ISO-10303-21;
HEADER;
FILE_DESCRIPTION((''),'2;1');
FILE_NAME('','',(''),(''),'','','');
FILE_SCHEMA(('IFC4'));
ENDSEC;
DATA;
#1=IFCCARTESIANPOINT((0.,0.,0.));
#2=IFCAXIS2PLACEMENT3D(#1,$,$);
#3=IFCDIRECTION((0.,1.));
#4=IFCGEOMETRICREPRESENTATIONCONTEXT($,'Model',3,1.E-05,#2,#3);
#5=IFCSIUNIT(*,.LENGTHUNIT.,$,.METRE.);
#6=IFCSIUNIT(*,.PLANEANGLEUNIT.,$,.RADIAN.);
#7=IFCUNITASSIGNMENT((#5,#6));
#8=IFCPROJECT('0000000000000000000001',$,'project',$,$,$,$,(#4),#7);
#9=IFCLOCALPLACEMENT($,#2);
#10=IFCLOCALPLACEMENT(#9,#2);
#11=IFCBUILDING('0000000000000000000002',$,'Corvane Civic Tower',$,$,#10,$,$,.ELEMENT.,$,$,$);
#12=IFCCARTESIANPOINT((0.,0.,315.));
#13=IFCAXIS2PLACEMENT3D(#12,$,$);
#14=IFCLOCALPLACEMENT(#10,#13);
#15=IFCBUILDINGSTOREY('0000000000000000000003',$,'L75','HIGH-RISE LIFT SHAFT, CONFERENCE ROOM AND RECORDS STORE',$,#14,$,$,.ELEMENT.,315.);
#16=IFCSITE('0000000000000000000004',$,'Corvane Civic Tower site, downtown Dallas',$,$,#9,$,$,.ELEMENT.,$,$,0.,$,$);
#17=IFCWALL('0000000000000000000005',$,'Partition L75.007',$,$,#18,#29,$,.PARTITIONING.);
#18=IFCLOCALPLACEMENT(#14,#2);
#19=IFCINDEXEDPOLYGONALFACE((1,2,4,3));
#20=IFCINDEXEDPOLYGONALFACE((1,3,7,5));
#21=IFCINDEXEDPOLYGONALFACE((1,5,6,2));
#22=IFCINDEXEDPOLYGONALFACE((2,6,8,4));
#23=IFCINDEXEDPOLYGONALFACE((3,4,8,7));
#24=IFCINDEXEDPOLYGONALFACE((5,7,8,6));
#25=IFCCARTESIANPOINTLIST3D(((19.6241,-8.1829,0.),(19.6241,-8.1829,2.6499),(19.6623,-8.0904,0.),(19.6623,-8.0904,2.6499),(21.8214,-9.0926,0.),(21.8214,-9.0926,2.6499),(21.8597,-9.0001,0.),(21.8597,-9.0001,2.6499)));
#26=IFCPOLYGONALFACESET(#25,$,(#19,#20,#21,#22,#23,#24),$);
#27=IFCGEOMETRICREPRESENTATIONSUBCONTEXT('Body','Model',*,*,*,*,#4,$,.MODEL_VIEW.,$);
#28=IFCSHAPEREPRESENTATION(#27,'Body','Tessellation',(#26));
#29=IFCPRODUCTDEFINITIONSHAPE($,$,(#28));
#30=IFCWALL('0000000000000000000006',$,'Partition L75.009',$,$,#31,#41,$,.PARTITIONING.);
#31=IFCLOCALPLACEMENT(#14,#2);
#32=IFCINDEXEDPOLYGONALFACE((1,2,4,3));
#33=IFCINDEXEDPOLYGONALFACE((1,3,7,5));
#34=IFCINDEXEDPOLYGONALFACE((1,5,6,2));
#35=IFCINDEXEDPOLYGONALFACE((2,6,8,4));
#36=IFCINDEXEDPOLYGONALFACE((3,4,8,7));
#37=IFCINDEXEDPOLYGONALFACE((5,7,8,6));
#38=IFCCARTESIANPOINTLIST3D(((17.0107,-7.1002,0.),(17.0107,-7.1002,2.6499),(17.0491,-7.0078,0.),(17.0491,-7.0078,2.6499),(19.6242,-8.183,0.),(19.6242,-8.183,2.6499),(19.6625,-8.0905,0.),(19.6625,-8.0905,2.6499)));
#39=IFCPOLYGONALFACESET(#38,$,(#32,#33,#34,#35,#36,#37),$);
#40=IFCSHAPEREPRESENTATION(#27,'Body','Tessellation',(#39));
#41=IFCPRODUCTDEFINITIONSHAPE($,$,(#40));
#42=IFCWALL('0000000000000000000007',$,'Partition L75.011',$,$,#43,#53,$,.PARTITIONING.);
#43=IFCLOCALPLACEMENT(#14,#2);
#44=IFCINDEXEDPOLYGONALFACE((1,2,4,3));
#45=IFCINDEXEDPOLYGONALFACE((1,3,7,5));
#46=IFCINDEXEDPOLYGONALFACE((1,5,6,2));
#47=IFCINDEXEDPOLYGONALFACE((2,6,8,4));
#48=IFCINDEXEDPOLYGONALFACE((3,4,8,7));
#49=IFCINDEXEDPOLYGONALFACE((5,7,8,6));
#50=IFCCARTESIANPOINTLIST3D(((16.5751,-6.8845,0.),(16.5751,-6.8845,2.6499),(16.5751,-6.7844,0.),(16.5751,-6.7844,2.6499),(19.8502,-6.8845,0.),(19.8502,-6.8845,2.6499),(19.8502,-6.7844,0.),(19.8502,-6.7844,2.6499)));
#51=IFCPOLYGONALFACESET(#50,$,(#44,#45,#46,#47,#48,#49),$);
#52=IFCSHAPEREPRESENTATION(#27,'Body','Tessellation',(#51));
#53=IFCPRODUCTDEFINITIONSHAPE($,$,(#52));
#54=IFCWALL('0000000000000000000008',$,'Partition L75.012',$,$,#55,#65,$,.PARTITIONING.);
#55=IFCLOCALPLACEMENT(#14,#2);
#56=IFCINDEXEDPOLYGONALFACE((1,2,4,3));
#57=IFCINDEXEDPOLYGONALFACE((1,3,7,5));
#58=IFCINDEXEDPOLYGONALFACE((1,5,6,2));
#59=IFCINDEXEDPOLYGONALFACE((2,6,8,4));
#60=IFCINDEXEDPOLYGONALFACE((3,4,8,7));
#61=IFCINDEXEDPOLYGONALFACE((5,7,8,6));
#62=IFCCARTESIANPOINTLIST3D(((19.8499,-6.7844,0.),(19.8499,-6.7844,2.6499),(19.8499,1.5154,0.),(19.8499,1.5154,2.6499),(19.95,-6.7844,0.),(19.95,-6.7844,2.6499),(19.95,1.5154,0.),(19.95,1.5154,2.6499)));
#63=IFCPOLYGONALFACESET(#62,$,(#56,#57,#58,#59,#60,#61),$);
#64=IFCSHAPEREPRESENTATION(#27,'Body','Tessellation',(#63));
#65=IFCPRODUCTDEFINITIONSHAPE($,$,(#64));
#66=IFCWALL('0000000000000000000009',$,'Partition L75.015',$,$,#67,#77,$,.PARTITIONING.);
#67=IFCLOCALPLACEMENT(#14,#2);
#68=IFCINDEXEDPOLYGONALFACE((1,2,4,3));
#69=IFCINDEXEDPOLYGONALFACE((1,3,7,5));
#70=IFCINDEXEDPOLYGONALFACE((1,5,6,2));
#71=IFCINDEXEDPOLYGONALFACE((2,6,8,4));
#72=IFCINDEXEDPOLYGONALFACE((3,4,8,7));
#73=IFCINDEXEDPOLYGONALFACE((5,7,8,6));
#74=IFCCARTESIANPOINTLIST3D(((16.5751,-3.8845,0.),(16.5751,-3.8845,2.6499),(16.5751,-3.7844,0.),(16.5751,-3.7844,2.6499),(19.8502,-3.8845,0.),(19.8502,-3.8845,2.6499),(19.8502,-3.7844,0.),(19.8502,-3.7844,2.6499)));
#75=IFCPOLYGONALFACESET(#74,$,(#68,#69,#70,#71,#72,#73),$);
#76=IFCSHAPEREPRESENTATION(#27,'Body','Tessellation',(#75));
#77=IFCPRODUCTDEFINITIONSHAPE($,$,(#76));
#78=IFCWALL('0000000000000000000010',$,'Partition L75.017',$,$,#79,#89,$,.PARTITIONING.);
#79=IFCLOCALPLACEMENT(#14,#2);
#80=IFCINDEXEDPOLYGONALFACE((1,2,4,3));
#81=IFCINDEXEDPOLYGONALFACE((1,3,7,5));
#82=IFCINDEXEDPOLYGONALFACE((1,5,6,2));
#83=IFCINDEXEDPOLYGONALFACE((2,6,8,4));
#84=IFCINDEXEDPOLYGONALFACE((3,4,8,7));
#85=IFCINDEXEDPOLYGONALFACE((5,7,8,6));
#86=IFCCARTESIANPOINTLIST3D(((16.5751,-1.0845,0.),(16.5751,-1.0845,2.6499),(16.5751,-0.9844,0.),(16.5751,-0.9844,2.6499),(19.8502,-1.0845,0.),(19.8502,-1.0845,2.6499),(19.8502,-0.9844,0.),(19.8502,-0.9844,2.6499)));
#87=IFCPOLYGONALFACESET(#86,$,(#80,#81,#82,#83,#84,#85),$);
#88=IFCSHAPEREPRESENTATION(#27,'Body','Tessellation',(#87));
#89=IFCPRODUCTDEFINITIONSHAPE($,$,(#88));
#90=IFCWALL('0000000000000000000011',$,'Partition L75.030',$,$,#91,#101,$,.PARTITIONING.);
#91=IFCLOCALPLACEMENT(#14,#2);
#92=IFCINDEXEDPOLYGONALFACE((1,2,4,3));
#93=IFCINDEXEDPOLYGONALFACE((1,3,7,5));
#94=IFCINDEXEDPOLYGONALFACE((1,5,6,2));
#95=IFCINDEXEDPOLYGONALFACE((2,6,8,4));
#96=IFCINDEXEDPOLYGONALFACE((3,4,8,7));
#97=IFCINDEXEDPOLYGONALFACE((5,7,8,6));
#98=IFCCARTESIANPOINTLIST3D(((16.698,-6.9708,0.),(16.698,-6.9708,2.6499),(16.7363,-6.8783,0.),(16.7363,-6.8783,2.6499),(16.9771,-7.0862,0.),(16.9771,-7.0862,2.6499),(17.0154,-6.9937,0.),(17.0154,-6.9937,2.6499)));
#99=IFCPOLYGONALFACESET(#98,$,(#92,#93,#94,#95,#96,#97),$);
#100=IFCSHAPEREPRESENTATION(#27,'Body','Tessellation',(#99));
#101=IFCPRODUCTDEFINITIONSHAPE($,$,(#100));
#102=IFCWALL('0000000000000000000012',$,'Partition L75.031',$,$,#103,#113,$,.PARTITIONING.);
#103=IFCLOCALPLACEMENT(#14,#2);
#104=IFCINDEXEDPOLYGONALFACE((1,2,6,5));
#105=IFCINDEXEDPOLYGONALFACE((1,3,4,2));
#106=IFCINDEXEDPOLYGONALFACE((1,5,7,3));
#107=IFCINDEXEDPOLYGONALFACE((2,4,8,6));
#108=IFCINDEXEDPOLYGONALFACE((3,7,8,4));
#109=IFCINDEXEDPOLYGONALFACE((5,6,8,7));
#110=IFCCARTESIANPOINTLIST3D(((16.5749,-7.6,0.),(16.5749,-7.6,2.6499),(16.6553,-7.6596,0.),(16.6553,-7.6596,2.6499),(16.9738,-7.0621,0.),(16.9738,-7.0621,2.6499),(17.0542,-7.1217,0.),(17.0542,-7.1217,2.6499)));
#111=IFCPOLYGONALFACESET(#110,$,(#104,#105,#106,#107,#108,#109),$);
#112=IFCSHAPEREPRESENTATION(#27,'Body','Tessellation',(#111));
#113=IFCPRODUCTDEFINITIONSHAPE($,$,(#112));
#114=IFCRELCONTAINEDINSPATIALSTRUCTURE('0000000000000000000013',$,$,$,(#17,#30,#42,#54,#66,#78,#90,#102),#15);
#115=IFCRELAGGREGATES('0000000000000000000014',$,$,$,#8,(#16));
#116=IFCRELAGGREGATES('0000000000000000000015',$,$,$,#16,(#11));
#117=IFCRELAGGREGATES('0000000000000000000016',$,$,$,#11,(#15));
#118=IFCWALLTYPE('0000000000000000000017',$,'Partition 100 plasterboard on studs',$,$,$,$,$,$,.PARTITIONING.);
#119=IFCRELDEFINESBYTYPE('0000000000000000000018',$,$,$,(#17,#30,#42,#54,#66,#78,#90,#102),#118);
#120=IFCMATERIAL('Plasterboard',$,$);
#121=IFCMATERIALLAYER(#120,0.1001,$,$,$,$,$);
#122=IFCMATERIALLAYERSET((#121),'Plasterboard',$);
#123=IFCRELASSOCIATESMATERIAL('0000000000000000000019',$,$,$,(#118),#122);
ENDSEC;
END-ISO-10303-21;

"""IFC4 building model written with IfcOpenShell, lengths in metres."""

from ifc_helpers import new_model, si_unit, direction, frame, frame_2d, origin, place, context, subcontext, project, spatial, rectangle, extrude, material, layer, layer_set, type_object, element, save


model = new_model("IFC4")

# Units and contexts
model_context = context("Model", 3, precision=1e-05, world=origin(), true_north=direction((0.0, 1.0)))
body_context = subcontext(model_context, "Body", "Model", "MODEL_VIEW")
ifc_project = project(units=[si_unit("LENGTHUNIT", "METRE"), si_unit("PLANEANGLEUNIT", "RADIAN")], contexts=[model_context])

# Site, building, storey
site_placement = place(None, origin())
site = spatial("IfcSite", under=ifc_project, at=site_placement, Name="Corvane Civic Tower site, downtown Dallas", CompositionType="ELEMENT", RefElevation=0.0)
building_placement = place(site_placement, origin())
building = spatial("IfcBuilding", under=site, at=building_placement, Name="Corvane Civic Tower", CompositionType="ELEMENT")
storey_placement = place(building_placement, frame((0.0, 0.0, 315.0)))
storey = spatial("IfcBuildingStorey", under=building, at=storey_placement, Name="L75", Description="HIGH-RISE LIFT SHAFT, CONFERENCE ROOM AND RECORDS STORE", CompositionType="ELEMENT", Elevation=315.0)

# Walls
ifc_material_1 = material(Name="Plasterboard")
ifc_layer_1 = layer(ifc_material_1, 0.1001)
ifc_layer_set_1 = layer_set([ifc_layer_1], Name="Plasterboard")
wall_type_1 = type_object("IfcWallType", Name="Partition 100 plasterboard on studs", PredefinedType="PARTITIONING", material=ifc_layer_set_1)
wall_1_placement = place(storey_placement, frame((19.6433, -8.1367, 0.0), z_axis=(0.0, 0.0, 1.0), x_axis=(0.923949, -0.382515, 0.0)))
element("IfcWall", 1, at=wall_1_placement, inside=storey, type_object=wall_type_1, Name="Partition L75.007", PredefinedType="PARTITIONING", context=body_context, shape_type="SweptSolid", body=[
    extrude(rectangle(XDim=2.3782, YDim=0.1001, at=frame_2d((1.189, 0.0))), origin(), (0.0, 0.0, 1.0), 2.6499),
])
wall_2_placement = place(storey_placement, frame((17.0298, -7.054, 0.0), z_axis=(0.0, 0.0, 1.0), x_axis=(0.923854, -0.382746, 0.0)))
element("IfcWall", 2, at=wall_2_placement, inside=storey, type_object=wall_type_1, Name="Partition L75.009", PredefinedType="PARTITIONING", context=body_context, shape_type="SweptSolid", body=[
    extrude(rectangle(XDim=2.8289, YDim=0.1001, at=frame_2d((1.4146, 0.0))), origin(), (0.0, 0.0, 1.0), 2.6499),
])
wall_3_placement = place(storey_placement, frame((16.575, -6.8345, 0.0), z_axis=(0.0, 0.0, 1.0), x_axis=(1.0, 0.0, 0.0)))
element("IfcWall", 3, at=wall_3_placement, inside=storey, type_object=wall_type_1, Name="Partition L75.011", PredefinedType="PARTITIONING", context=body_context, shape_type="SweptSolid", body=[
    extrude(rectangle(XDim=3.2751, YDim=0.1001, at=frame_2d((1.6377, 0.0))), origin(), (0.0, 0.0, 1.0), 2.6499),
])
wall_4_placement = place(storey_placement, frame((19.8999, -6.7844, 0.0), z_axis=(0.0, 0.0, 1.0), x_axis=(0.0, 1.0, 0.0)))
element("IfcWall", 4, at=wall_4_placement, inside=storey, type_object=wall_type_1, Name="Partition L75.012", PredefinedType="PARTITIONING", context=body_context, shape_type="SweptSolid", body=[
    extrude(rectangle(XDim=8.2998, YDim=0.1001, at=frame_2d((4.1499, 0.0))), origin(), (0.0, 0.0, 1.0), 2.6499),
])
for number, where, z_axis, x_axis, name in (
    (5, (16.575, -3.8345, 0.0), (0.0, 0.0, 1.0), (1.0, 0.0, 0.0), "Partition L75.015"),
    (6, (16.575, -1.0344, 0.0), (0.0, 0.0, 1.0), (1.0, 0.0, 0.0), "Partition L75.017"),
):
    element("IfcWall", number, at=place(storey_placement, frame(where, z_axis=z_axis, x_axis=x_axis)), inside=storey, type_object=wall_type_1, Name=name, PredefinedType="PARTITIONING", context=body_context, shape_type="SweptSolid", body=[
        extrude(rectangle(XDim=3.2751, YDim=0.1001, at=frame_2d((1.6377, 0.0))), origin(), (0.0, 0.0, 1.0), 2.6499),
    ])
wall_5_placement = place(storey_placement, frame((16.7173, -6.9246, 0.0), z_axis=(0.0, 0.0, 1.0), x_axis=(0.924007, -0.382376, 0.0)))
element("IfcWall", 7, at=wall_5_placement, inside=storey, type_object=wall_type_1, Name="Partition L75.030", PredefinedType="PARTITIONING", context=body_context, shape_type="SweptSolid", body=[
    extrude(rectangle(XDim=0.302, YDim=0.1001, at=frame_2d((0.1509, 0.0))), origin(), (0.0, 0.0, 1.0), 2.6499),
])
wall_6_placement = place(storey_placement, frame((16.615, -7.6299, 0.0), z_axis=(0.0, 0.0, 1.0), x_axis=(0.595733, 0.803182, 0.0)))
element("IfcWall", 8, at=wall_6_placement, inside=storey, type_object=wall_type_1, Name="Partition L75.031", PredefinedType="PARTITIONING", context=body_context, shape_type="SweptSolid", body=[
    extrude(rectangle(XDim=0.6697, YDim=0.1001, at=frame_2d((0.335, 0.0))), origin(), (0.0, 0.0, 1.0), 2.6499),
])

save(model, "model.ifc")
